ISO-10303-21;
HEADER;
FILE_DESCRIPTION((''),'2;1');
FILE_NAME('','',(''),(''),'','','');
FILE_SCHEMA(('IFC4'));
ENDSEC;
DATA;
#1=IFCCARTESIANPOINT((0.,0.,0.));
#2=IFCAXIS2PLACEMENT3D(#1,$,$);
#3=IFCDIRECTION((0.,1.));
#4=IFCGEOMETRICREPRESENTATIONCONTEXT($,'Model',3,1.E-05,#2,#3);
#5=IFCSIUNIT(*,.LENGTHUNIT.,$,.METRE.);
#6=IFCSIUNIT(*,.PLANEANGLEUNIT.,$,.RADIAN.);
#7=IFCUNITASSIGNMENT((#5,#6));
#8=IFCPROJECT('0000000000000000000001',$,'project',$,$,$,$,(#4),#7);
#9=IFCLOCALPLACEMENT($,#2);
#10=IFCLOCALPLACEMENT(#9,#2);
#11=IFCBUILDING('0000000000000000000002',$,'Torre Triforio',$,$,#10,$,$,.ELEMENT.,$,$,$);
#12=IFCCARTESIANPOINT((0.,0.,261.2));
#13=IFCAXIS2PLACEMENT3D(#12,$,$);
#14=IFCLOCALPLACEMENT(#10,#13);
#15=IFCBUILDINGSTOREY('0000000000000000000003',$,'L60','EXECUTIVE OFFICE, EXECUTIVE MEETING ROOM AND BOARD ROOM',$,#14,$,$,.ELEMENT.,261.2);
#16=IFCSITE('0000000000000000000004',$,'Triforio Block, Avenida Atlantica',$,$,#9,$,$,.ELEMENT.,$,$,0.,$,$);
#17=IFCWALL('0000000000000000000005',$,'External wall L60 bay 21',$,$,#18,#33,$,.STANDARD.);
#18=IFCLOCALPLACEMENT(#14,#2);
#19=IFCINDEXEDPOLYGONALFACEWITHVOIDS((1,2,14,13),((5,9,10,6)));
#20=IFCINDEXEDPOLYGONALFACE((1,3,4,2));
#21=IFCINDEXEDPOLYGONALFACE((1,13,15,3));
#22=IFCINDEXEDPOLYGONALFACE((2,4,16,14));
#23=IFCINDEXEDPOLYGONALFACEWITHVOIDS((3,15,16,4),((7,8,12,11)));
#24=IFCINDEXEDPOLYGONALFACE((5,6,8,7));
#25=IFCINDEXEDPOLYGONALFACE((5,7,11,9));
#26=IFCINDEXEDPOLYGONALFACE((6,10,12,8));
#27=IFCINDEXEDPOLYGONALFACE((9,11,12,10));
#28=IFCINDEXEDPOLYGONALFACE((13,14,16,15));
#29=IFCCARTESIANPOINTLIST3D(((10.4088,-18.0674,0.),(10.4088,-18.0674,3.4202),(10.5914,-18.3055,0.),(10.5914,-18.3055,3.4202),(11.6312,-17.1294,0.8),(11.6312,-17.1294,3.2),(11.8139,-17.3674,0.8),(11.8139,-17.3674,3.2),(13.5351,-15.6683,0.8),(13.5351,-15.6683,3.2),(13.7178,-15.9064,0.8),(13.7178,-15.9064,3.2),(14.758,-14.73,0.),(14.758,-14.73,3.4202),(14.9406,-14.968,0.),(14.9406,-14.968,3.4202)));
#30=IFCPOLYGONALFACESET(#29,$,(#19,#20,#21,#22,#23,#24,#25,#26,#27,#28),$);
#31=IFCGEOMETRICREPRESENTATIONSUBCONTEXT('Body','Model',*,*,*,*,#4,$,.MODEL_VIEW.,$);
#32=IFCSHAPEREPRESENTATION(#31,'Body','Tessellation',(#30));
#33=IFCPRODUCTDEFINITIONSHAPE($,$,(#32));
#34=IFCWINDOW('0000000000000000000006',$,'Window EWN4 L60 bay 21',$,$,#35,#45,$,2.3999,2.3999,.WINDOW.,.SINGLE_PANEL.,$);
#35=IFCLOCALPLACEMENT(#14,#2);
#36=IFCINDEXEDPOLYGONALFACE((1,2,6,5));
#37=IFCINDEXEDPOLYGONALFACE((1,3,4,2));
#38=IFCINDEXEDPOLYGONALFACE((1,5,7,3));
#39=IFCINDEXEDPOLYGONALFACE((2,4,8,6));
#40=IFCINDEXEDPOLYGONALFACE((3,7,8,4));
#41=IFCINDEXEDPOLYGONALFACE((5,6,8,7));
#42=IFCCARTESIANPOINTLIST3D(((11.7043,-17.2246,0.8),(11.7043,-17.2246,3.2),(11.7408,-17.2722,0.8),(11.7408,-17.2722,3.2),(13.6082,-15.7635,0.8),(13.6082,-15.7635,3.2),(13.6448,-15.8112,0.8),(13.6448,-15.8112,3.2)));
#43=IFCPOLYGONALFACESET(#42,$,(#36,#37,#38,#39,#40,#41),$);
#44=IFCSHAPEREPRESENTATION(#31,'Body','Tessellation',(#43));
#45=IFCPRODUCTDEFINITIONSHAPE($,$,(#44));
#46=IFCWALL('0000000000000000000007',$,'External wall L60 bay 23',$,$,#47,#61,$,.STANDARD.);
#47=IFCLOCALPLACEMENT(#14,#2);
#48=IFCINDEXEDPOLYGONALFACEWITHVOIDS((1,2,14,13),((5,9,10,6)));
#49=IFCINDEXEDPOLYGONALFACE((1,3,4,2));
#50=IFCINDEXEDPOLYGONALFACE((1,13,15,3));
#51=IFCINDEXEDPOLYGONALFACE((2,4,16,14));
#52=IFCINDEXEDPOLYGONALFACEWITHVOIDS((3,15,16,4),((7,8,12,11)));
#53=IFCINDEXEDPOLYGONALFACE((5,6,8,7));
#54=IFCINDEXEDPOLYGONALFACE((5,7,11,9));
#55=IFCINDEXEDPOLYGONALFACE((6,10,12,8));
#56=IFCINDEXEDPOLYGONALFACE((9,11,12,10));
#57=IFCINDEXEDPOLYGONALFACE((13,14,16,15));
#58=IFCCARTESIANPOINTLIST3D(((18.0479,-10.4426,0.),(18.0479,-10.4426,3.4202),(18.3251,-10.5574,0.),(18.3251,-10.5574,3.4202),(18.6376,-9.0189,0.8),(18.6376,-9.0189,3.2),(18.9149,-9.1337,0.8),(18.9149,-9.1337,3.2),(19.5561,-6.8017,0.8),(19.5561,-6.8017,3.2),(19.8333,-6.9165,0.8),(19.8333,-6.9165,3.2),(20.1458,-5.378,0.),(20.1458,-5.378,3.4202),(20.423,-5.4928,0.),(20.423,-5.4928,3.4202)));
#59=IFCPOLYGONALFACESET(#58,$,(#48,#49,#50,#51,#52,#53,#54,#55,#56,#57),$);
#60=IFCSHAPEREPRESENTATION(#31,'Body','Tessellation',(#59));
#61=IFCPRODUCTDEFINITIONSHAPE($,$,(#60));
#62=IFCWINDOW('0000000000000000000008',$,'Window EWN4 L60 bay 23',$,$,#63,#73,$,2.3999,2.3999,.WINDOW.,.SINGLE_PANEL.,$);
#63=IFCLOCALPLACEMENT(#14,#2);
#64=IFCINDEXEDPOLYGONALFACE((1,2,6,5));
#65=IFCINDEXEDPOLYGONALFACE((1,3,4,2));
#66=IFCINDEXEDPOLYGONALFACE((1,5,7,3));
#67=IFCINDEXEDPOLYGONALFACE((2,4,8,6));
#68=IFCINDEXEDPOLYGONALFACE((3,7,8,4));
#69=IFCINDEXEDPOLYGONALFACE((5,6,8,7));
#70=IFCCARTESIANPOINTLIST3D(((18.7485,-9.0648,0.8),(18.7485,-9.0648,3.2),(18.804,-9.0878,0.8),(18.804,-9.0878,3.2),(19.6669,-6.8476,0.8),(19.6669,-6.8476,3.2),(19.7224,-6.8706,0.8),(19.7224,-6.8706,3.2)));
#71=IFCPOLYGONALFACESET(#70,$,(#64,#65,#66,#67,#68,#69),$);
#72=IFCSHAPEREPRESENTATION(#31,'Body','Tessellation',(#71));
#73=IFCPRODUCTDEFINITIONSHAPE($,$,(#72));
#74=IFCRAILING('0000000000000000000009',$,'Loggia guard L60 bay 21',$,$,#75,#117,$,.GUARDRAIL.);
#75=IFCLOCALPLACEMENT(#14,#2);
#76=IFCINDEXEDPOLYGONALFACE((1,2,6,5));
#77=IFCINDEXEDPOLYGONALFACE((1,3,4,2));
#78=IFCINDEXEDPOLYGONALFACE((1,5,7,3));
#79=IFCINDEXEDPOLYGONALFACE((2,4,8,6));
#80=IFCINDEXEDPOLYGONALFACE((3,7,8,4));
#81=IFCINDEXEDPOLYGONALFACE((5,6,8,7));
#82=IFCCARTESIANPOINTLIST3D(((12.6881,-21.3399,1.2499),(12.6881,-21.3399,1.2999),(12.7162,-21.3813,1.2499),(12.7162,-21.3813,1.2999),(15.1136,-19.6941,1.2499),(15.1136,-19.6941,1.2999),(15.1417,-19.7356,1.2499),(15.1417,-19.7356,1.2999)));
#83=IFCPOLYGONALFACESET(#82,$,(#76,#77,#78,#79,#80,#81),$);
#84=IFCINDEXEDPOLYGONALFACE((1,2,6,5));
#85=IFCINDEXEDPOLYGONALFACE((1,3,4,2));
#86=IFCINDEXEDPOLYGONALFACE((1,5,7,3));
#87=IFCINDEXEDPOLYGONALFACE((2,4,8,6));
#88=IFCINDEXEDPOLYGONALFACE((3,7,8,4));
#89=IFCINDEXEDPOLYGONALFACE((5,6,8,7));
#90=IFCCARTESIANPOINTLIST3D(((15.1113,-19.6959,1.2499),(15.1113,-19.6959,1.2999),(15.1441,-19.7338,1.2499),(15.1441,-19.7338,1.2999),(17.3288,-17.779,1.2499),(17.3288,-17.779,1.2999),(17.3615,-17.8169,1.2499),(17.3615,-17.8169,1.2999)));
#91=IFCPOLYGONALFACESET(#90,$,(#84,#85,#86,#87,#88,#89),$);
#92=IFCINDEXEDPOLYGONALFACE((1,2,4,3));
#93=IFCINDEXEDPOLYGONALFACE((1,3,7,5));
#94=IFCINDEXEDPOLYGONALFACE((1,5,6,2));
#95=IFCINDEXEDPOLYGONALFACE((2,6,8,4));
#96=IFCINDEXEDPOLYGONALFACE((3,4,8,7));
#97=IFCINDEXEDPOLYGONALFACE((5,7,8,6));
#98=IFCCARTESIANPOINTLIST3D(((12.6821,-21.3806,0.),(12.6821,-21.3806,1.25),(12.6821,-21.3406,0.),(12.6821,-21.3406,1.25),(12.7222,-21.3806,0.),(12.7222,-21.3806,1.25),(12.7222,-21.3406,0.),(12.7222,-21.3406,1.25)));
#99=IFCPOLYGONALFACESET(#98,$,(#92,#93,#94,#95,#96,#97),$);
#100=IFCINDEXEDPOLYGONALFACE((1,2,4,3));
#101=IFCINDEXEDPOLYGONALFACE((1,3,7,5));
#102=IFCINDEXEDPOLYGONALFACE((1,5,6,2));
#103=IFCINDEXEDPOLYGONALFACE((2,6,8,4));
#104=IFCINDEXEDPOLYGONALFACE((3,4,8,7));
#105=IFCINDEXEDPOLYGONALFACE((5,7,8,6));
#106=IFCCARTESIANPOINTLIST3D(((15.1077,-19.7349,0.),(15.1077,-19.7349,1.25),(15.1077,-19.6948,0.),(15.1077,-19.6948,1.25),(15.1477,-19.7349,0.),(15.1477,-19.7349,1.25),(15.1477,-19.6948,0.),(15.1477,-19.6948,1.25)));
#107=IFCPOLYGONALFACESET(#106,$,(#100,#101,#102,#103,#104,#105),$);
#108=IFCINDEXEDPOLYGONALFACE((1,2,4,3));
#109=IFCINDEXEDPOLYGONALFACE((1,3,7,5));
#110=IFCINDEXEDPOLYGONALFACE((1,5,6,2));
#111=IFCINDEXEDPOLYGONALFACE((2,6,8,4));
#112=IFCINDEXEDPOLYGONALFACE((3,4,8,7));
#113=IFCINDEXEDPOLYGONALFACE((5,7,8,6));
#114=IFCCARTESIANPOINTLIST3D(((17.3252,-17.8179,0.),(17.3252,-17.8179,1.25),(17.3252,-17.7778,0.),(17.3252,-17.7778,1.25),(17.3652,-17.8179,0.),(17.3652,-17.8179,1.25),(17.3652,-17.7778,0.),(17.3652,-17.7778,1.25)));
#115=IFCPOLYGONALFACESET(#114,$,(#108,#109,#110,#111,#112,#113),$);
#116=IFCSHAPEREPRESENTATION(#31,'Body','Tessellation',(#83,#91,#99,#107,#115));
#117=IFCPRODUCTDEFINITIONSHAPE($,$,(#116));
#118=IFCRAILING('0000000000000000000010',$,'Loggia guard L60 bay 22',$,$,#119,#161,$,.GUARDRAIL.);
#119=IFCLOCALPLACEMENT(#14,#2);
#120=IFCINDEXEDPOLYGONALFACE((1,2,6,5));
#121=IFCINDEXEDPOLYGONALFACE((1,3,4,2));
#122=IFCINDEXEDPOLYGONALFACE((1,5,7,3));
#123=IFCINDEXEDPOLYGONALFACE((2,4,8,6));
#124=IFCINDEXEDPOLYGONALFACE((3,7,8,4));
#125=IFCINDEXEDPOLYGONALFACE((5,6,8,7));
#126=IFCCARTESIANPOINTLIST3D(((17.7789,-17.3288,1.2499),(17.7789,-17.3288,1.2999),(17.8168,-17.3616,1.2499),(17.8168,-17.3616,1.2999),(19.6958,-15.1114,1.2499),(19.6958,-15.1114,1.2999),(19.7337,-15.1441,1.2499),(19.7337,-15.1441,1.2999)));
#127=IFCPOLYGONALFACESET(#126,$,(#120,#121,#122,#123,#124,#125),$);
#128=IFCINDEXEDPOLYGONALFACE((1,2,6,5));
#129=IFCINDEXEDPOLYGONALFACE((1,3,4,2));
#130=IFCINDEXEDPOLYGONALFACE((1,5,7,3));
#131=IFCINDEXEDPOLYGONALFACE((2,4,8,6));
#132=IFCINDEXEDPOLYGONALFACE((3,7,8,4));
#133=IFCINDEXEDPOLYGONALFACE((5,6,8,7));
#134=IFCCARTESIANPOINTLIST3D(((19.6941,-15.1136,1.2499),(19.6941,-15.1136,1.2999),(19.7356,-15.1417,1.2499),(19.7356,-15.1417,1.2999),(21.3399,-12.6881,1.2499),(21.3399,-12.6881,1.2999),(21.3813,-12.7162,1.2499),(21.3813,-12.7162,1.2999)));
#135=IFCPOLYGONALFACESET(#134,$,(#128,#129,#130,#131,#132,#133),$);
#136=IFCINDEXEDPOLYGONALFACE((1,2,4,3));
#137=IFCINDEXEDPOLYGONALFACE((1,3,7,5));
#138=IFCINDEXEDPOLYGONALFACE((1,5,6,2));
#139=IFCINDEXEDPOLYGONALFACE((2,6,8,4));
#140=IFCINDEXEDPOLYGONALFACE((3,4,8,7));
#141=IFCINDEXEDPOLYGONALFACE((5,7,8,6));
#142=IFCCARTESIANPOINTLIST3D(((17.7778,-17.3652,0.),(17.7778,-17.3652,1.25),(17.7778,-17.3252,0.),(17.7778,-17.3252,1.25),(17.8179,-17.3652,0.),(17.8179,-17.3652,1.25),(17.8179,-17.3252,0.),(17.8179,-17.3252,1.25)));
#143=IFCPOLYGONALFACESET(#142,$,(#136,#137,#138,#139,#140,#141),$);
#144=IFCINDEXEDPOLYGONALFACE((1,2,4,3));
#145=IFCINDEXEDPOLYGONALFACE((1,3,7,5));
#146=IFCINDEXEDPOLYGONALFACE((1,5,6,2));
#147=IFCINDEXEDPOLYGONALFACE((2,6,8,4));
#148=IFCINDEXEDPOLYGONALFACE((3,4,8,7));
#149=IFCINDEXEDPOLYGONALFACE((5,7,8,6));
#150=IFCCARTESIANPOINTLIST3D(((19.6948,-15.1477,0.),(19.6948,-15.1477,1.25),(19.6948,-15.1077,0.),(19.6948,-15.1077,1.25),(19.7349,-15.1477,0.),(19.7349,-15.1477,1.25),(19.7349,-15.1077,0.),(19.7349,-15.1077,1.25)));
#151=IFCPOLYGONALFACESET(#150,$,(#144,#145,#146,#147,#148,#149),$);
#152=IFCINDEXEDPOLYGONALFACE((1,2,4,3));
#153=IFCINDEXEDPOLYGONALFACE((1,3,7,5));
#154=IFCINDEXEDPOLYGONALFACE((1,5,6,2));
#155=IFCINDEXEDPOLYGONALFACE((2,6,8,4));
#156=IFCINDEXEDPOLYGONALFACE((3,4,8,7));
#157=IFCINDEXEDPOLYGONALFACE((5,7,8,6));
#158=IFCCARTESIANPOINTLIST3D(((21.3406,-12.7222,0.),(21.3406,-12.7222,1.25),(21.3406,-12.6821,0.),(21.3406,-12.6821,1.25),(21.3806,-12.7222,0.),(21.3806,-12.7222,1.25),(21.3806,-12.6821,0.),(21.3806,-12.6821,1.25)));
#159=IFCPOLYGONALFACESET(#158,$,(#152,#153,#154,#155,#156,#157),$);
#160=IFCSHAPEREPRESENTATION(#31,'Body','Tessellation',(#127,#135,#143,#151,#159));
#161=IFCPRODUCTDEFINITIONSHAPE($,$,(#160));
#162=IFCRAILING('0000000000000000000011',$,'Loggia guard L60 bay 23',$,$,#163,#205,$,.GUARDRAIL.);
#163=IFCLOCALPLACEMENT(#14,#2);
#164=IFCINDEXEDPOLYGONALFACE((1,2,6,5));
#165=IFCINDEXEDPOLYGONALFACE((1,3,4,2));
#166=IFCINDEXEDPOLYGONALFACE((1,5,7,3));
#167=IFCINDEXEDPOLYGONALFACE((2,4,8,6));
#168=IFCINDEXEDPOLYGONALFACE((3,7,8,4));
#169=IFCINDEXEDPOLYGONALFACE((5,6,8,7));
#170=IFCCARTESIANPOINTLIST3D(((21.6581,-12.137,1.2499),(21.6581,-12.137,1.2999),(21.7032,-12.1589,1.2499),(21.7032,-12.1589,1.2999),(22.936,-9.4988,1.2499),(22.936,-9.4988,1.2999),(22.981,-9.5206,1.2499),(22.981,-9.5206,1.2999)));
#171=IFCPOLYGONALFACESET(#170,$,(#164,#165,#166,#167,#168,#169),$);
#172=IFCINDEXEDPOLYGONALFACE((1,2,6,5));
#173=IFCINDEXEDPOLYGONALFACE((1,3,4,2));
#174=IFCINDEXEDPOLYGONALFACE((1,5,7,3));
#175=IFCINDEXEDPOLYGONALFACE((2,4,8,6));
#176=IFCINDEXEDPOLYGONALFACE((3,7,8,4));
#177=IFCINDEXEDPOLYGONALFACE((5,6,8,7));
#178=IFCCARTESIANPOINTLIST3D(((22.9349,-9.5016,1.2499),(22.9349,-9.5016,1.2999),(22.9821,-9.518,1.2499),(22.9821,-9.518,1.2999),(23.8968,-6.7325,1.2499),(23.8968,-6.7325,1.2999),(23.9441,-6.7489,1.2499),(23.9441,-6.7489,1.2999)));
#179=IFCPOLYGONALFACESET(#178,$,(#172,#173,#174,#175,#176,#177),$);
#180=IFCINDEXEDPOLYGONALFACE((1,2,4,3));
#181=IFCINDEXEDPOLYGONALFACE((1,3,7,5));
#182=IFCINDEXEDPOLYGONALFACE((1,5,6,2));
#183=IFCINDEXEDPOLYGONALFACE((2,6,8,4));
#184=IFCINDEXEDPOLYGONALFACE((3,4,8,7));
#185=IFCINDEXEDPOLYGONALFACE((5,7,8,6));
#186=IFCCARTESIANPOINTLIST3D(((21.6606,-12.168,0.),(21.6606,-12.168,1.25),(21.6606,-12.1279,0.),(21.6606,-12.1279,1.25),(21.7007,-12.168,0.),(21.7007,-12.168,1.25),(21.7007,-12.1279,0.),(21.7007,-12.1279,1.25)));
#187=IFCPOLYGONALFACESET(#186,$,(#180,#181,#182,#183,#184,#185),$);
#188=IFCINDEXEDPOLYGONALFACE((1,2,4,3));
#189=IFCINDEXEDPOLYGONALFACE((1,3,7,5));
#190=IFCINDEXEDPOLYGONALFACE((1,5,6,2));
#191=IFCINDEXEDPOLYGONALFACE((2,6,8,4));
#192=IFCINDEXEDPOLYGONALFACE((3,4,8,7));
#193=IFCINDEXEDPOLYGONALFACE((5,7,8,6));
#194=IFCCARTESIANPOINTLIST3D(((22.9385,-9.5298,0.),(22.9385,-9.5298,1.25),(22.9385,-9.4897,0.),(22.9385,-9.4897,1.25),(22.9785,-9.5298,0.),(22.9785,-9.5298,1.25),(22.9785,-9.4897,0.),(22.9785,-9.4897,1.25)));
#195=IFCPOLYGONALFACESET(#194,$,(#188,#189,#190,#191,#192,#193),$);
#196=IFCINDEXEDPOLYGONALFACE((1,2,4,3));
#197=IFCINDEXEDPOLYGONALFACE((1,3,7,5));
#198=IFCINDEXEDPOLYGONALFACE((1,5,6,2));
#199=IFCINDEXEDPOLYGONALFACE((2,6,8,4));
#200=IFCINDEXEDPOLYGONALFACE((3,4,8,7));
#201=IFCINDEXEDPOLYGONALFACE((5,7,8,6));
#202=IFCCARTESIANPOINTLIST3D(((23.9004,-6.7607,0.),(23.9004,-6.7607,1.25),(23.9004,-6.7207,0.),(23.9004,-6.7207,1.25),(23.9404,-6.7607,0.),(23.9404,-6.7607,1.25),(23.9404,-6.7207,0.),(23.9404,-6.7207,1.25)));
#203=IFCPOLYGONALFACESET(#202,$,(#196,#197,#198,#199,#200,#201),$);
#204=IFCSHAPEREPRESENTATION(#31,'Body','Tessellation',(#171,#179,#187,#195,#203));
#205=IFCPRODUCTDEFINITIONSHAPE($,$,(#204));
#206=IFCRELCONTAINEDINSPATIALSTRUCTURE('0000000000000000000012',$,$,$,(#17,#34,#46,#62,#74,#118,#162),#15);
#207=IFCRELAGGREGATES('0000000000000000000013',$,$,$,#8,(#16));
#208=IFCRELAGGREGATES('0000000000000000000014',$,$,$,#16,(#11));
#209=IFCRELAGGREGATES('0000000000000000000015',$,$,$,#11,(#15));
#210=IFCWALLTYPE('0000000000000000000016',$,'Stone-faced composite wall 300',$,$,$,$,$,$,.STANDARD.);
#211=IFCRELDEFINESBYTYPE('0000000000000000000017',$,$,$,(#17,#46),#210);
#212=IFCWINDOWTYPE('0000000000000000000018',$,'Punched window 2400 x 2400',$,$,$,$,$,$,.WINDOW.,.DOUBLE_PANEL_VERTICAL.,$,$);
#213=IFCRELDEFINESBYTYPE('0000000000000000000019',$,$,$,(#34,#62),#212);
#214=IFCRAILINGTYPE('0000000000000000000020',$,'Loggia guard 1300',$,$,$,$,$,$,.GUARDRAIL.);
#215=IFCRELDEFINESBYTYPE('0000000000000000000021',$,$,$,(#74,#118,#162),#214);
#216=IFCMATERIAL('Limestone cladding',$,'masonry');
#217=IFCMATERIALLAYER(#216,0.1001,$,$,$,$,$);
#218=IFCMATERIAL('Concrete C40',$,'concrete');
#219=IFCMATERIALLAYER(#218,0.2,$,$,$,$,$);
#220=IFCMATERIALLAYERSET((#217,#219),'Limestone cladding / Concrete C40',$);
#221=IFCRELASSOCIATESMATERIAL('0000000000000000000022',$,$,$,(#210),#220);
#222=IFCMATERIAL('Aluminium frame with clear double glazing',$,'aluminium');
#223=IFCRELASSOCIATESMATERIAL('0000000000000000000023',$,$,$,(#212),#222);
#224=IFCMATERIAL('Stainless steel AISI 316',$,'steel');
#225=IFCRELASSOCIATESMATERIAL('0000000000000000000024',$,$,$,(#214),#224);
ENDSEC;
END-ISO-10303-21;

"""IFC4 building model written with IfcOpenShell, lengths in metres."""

from ifc_helpers import new_model, si_unit, direction, frame, frame_2d, origin, origin_2d, place, context, subcontext, project, spatial, rectangle, extrude, material, layer, layer_set, type_object, element, fill, save


model = new_model("IFC4")

# Units and contexts
model_context = context("Model", 3, precision=1e-05, world=origin(), true_north=direction((0.0, 1.0)))
body_context = subcontext(model_context, "Body", "Model", "MODEL_VIEW")
ifc_project = project(units=[si_unit("LENGTHUNIT", "METRE"), si_unit("PLANEANGLEUNIT", "RADIAN")], contexts=[model_context])

# Site, building, storey
site_placement = place(None, origin())
site = spatial("IfcSite", under=ifc_project, at=site_placement, Name="Triforio Block, Avenida Atlantica", CompositionType="ELEMENT", RefElevation=0.0)
building_placement = place(site_placement, origin())
building = spatial("IfcBuilding", under=site, at=building_placement, Name="Torre Triforio", CompositionType="ELEMENT")
storey_placement = place(building_placement, frame((0.0, 0.0, 261.2)))
storey = spatial("IfcBuildingStorey", under=building, at=storey_placement, Name="L60", Description="EXECUTIVE OFFICE, EXECUTIVE MEETING ROOM AND BOARD ROOM", CompositionType="ELEMENT", Elevation=261.2)

# Shared definitions
ifc_material_1 = material(Name="Concrete C40", Category="concrete")

# Shared definitions
ifc_material_2 = material(Name="Limestone cladding", Category="masonry")

# Wall, opening, window
ifc_layer_1 = layer(ifc_material_2, 0.1001)
ifc_layer_2 = layer(ifc_material_1, 0.2)
ifc_layer_set_1 = layer_set([ifc_layer_1, ifc_layer_2], Name="Limestone cladding / Concrete C40")
wall_type_1 = type_object("IfcWallType", Name="Stone-faced composite wall 300", PredefinedType="STANDARD", material=ifc_layer_set_1)
wall_1_placement = place(storey_placement, frame((10.5, -18.1865, 0.0), z_axis=(0.0, 0.0, 1.0), x_axis=(0.793335, 0.608785, 0.0)))
wall_1 = element("IfcWall", 1, at=wall_1_placement, inside=storey, type_object=wall_type_1, Name="External wall L60 bay 21", PredefinedType="STANDARD", context=body_context, shape_type="SweptSolid", body=[
    extrude(rectangle(XDim=5.4822, YDim=0.3, at=frame_2d((2.7412, 0.0))), origin(), (0.0, 0.0, 1.0), 3.4202),
])
opening_1_placement = place(wall_1_placement, frame((1.541, 0.0, 0.8)))
opening_1 = element("IfcOpeningElement", 2, at=opening_1_placement, cuts=wall_1, PredefinedType="OPENING", context=body_context, shape_type="SweptSolid", body=[
    extrude(rectangle(XDim=2.3999, YDim=2.3999, at=frame_2d((1.2, 1.2))), frame((0.0, 0.1599, 0.0), z_axis=(0.0, -1.0, 0.0), x_axis=(1.0, 0.0, 0.0)), (0.0, 0.0, 1.0), 0.3201),
])
ifc_material_3 = material(Name="Aluminium frame with clear double glazing", Category="aluminium")
window_type_1 = type_object("IfcWindowType", Name="Punched window 2400 x 2400", PartitioningType="DOUBLE_PANEL_VERTICAL", PredefinedType="WINDOW", material=ifc_material_3)
window_1_placement = place(opening_1_placement, origin())
window_1 = element("IfcWindow", 3, at=window_1_placement, inside=storey, type_object=window_type_1, Name="Window EWN4 L60 bay 21", OverallHeight=2.3999, OverallWidth=2.3999, PartitioningType="SINGLE_PANEL", PredefinedType="WINDOW", context=body_context, shape_type="SweptSolid", body=[
    extrude(rectangle(XDim=2.3999, YDim=2.3999, at=frame_2d((1.2, 1.2))), frame((0.0, 0.03, 0.0), z_axis=(0.0, -1.0, 0.0), x_axis=(1.0, 0.0, 0.0)), (0.0, 0.0, 1.0), 0.0601),
])
fill(opening_1, window_1)

# Wall, opening, window
wall_2_placement = place(storey_placement, frame((18.1865, -10.5, 0.0), z_axis=(0.0, 0.0, 1.0), x_axis=(0.382689, 0.923877, 0.0)))
wall_2 = element("IfcWall", 4, at=wall_2_placement, inside=storey, type_object=wall_type_1, Name="External wall L60 bay 23", PredefinedType="STANDARD", context=body_context, shape_type="SweptSolid", body=[
    extrude(rectangle(XDim=5.4819, YDim=0.3, at=frame_2d((2.741, 0.0))), origin(), (0.0, 0.0, 1.0), 3.4202),
])
opening_2_placement = place(wall_2_placement, frame((1.541, 0.0, 0.8)))
opening_2 = element("IfcOpeningElement", 5, at=opening_2_placement, cuts=wall_2, PredefinedType="OPENING", context=body_context, shape_type="SweptSolid", body=[
    extrude(rectangle(XDim=2.3999, YDim=2.3999, at=frame_2d((1.2, 1.2))), frame((0.0, 0.1599, 0.0), z_axis=(0.0, -1.0, 0.0), x_axis=(1.0, 0.0, 0.0)), (0.0, 0.0, 1.0), 0.3201),
])
window_2_placement = place(opening_2_placement, origin())
window_2 = element("IfcWindow", 6, at=window_2_placement, inside=storey, type_object=window_type_1, Name="Window EWN4 L60 bay 23", OverallHeight=2.3999, OverallWidth=2.3999, PartitioningType="SINGLE_PANEL", PredefinedType="WINDOW", context=body_context, shape_type="SweptSolid", body=[
    extrude(rectangle(XDim=2.3999, YDim=2.3999, at=frame_2d((1.2, 1.2))), frame((0.0, 0.03, 0.0), z_axis=(0.0, -1.0, 0.0), x_axis=(1.0, 0.0, 0.0)), (0.0, 0.0, 1.0), 0.0601),
])
fill(opening_2, window_2)

# Railings
ifc_material_4 = material(Name="Stainless steel AISI 316", Category="steel")
railing_type = type_object("IfcRailingType", Name="Loggia guard 1300", PredefinedType="GUARDRAIL", material=ifc_material_4)
railing_1_placement = place(storey_placement, frame((12.7021, -21.3606, 0.0)))
element("IfcRailing", 7, at=railing_1_placement, inside=storey, type_object=railing_type, Name="Loggia guard L60 bay 21", PredefinedType="GUARDRAIL", context=body_context, shape_type="SweptSolid", body=[
    extrude(rectangle(XDim=0.05, YDim=0.05, at=origin_2d()), frame((0.0, 0.0, 1.2749), z_axis=(0.827499, 0.561467, 0.0), x_axis=(-0.561467, 0.827499, 0.0)), (0.0, 0.0, 1.0), 2.9312),
    extrude(rectangle(XDim=0.05, YDim=0.05, at=origin_2d()), frame((2.4255, 1.6458, 1.2749), z_axis=(0.75651, 0.653982, 0.0), x_axis=(-0.653982, 0.75651, 0.0)), (0.0, 0.0, 1.0), 2.9312),
    extrude(rectangle(XDim=0.04, YDim=0.04, at=origin_2d()), origin(), (0.0, 0.0, 1.0), 1.25),
    extrude(rectangle(XDim=0.04, YDim=0.04, at=origin_2d()), frame((2.4255, 1.6458, 0.0)), (0.0, 0.0, 1.0), 1.25),
    extrude(rectangle(XDim=0.04, YDim=0.04, at=origin_2d()), frame((4.6431, 3.5627, 0.0)), (0.0, 0.0, 1.0), 1.25),
])
railing_2_placement = place(storey_placement, frame((17.7979, -17.3452, 0.0)))
element("IfcRailing", 8, at=railing_2_placement, inside=storey, type_object=railing_type, Name="Loggia guard L60 bay 22", PredefinedType="GUARDRAIL", context=body_context, shape_type="SweptSolid", body=[
    extrude(rectangle(XDim=0.05, YDim=0.05, at=origin_2d()), frame((0.0, 0.0, 1.2749), z_axis=(0.653982, 0.75651, 0.0), x_axis=(-0.75651, 0.653982, 0.0)), (0.0, 0.0, 1.0), 2.9312),
    extrude(rectangle(XDim=0.05, YDim=0.05, at=origin_2d()), frame((1.917, 2.2175, 1.2749), z_axis=(0.561467, 0.827499, 0.0), x_axis=(-0.827499, 0.561467, 0.0)), (0.0, 0.0, 1.0), 2.9312),
    extrude(rectangle(XDim=0.04, YDim=0.04, at=origin_2d()), origin(), (0.0, 0.0, 1.0), 1.25),
    extrude(rectangle(XDim=0.04, YDim=0.04, at=origin_2d()), frame((1.917, 2.2175, 0.0)), (0.0, 0.0, 1.0), 1.25),
    extrude(rectangle(XDim=0.04, YDim=0.04, at=origin_2d()), frame((3.5627, 4.6431, 0.0)), (0.0, 0.0, 1.0), 1.25),
])
railing_3_placement = place(storey_placement, frame((21.6807, -12.1479, 0.0)))
element("IfcRailing", 9, at=railing_3_placement, inside=storey, type_object=railing_type, Name="Loggia guard L60 bay 23", PredefinedType="GUARDRAIL", context=body_context, shape_type="SweptSolid", body=[
    extrude(rectangle(XDim=0.05, YDim=0.05, at=origin_2d()), frame((0.0, 0.0, 1.2749), z_axis=(0.435918, 0.899986, 0.0), x_axis=(-0.899986, 0.435918, 0.0)), (0.0, 0.0, 1.0), 2.9314),
    extrude(rectangle(XDim=0.05, YDim=0.05, at=origin_2d()), frame((1.2778, 2.6382, 1.2749), z_axis=(0.328146, 0.944627, 0.0), x_axis=(-0.944627, 0.328146, 0.0)), (0.0, 0.0, 1.0), 2.9314),
    extrude(rectangle(XDim=0.04, YDim=0.04, at=origin_2d()), origin(), (0.0, 0.0, 1.0), 1.25),
    extrude(rectangle(XDim=0.04, YDim=0.04, at=origin_2d()), frame((1.2778, 2.6382, 0.0)), (0.0, 0.0, 1.0), 1.25),
    extrude(rectangle(XDim=0.04, YDim=0.04, at=origin_2d()), frame((2.2397, 5.4072, 0.0)), (0.0, 0.0, 1.0), 1.25),
])

save(model, "model.ifc")
